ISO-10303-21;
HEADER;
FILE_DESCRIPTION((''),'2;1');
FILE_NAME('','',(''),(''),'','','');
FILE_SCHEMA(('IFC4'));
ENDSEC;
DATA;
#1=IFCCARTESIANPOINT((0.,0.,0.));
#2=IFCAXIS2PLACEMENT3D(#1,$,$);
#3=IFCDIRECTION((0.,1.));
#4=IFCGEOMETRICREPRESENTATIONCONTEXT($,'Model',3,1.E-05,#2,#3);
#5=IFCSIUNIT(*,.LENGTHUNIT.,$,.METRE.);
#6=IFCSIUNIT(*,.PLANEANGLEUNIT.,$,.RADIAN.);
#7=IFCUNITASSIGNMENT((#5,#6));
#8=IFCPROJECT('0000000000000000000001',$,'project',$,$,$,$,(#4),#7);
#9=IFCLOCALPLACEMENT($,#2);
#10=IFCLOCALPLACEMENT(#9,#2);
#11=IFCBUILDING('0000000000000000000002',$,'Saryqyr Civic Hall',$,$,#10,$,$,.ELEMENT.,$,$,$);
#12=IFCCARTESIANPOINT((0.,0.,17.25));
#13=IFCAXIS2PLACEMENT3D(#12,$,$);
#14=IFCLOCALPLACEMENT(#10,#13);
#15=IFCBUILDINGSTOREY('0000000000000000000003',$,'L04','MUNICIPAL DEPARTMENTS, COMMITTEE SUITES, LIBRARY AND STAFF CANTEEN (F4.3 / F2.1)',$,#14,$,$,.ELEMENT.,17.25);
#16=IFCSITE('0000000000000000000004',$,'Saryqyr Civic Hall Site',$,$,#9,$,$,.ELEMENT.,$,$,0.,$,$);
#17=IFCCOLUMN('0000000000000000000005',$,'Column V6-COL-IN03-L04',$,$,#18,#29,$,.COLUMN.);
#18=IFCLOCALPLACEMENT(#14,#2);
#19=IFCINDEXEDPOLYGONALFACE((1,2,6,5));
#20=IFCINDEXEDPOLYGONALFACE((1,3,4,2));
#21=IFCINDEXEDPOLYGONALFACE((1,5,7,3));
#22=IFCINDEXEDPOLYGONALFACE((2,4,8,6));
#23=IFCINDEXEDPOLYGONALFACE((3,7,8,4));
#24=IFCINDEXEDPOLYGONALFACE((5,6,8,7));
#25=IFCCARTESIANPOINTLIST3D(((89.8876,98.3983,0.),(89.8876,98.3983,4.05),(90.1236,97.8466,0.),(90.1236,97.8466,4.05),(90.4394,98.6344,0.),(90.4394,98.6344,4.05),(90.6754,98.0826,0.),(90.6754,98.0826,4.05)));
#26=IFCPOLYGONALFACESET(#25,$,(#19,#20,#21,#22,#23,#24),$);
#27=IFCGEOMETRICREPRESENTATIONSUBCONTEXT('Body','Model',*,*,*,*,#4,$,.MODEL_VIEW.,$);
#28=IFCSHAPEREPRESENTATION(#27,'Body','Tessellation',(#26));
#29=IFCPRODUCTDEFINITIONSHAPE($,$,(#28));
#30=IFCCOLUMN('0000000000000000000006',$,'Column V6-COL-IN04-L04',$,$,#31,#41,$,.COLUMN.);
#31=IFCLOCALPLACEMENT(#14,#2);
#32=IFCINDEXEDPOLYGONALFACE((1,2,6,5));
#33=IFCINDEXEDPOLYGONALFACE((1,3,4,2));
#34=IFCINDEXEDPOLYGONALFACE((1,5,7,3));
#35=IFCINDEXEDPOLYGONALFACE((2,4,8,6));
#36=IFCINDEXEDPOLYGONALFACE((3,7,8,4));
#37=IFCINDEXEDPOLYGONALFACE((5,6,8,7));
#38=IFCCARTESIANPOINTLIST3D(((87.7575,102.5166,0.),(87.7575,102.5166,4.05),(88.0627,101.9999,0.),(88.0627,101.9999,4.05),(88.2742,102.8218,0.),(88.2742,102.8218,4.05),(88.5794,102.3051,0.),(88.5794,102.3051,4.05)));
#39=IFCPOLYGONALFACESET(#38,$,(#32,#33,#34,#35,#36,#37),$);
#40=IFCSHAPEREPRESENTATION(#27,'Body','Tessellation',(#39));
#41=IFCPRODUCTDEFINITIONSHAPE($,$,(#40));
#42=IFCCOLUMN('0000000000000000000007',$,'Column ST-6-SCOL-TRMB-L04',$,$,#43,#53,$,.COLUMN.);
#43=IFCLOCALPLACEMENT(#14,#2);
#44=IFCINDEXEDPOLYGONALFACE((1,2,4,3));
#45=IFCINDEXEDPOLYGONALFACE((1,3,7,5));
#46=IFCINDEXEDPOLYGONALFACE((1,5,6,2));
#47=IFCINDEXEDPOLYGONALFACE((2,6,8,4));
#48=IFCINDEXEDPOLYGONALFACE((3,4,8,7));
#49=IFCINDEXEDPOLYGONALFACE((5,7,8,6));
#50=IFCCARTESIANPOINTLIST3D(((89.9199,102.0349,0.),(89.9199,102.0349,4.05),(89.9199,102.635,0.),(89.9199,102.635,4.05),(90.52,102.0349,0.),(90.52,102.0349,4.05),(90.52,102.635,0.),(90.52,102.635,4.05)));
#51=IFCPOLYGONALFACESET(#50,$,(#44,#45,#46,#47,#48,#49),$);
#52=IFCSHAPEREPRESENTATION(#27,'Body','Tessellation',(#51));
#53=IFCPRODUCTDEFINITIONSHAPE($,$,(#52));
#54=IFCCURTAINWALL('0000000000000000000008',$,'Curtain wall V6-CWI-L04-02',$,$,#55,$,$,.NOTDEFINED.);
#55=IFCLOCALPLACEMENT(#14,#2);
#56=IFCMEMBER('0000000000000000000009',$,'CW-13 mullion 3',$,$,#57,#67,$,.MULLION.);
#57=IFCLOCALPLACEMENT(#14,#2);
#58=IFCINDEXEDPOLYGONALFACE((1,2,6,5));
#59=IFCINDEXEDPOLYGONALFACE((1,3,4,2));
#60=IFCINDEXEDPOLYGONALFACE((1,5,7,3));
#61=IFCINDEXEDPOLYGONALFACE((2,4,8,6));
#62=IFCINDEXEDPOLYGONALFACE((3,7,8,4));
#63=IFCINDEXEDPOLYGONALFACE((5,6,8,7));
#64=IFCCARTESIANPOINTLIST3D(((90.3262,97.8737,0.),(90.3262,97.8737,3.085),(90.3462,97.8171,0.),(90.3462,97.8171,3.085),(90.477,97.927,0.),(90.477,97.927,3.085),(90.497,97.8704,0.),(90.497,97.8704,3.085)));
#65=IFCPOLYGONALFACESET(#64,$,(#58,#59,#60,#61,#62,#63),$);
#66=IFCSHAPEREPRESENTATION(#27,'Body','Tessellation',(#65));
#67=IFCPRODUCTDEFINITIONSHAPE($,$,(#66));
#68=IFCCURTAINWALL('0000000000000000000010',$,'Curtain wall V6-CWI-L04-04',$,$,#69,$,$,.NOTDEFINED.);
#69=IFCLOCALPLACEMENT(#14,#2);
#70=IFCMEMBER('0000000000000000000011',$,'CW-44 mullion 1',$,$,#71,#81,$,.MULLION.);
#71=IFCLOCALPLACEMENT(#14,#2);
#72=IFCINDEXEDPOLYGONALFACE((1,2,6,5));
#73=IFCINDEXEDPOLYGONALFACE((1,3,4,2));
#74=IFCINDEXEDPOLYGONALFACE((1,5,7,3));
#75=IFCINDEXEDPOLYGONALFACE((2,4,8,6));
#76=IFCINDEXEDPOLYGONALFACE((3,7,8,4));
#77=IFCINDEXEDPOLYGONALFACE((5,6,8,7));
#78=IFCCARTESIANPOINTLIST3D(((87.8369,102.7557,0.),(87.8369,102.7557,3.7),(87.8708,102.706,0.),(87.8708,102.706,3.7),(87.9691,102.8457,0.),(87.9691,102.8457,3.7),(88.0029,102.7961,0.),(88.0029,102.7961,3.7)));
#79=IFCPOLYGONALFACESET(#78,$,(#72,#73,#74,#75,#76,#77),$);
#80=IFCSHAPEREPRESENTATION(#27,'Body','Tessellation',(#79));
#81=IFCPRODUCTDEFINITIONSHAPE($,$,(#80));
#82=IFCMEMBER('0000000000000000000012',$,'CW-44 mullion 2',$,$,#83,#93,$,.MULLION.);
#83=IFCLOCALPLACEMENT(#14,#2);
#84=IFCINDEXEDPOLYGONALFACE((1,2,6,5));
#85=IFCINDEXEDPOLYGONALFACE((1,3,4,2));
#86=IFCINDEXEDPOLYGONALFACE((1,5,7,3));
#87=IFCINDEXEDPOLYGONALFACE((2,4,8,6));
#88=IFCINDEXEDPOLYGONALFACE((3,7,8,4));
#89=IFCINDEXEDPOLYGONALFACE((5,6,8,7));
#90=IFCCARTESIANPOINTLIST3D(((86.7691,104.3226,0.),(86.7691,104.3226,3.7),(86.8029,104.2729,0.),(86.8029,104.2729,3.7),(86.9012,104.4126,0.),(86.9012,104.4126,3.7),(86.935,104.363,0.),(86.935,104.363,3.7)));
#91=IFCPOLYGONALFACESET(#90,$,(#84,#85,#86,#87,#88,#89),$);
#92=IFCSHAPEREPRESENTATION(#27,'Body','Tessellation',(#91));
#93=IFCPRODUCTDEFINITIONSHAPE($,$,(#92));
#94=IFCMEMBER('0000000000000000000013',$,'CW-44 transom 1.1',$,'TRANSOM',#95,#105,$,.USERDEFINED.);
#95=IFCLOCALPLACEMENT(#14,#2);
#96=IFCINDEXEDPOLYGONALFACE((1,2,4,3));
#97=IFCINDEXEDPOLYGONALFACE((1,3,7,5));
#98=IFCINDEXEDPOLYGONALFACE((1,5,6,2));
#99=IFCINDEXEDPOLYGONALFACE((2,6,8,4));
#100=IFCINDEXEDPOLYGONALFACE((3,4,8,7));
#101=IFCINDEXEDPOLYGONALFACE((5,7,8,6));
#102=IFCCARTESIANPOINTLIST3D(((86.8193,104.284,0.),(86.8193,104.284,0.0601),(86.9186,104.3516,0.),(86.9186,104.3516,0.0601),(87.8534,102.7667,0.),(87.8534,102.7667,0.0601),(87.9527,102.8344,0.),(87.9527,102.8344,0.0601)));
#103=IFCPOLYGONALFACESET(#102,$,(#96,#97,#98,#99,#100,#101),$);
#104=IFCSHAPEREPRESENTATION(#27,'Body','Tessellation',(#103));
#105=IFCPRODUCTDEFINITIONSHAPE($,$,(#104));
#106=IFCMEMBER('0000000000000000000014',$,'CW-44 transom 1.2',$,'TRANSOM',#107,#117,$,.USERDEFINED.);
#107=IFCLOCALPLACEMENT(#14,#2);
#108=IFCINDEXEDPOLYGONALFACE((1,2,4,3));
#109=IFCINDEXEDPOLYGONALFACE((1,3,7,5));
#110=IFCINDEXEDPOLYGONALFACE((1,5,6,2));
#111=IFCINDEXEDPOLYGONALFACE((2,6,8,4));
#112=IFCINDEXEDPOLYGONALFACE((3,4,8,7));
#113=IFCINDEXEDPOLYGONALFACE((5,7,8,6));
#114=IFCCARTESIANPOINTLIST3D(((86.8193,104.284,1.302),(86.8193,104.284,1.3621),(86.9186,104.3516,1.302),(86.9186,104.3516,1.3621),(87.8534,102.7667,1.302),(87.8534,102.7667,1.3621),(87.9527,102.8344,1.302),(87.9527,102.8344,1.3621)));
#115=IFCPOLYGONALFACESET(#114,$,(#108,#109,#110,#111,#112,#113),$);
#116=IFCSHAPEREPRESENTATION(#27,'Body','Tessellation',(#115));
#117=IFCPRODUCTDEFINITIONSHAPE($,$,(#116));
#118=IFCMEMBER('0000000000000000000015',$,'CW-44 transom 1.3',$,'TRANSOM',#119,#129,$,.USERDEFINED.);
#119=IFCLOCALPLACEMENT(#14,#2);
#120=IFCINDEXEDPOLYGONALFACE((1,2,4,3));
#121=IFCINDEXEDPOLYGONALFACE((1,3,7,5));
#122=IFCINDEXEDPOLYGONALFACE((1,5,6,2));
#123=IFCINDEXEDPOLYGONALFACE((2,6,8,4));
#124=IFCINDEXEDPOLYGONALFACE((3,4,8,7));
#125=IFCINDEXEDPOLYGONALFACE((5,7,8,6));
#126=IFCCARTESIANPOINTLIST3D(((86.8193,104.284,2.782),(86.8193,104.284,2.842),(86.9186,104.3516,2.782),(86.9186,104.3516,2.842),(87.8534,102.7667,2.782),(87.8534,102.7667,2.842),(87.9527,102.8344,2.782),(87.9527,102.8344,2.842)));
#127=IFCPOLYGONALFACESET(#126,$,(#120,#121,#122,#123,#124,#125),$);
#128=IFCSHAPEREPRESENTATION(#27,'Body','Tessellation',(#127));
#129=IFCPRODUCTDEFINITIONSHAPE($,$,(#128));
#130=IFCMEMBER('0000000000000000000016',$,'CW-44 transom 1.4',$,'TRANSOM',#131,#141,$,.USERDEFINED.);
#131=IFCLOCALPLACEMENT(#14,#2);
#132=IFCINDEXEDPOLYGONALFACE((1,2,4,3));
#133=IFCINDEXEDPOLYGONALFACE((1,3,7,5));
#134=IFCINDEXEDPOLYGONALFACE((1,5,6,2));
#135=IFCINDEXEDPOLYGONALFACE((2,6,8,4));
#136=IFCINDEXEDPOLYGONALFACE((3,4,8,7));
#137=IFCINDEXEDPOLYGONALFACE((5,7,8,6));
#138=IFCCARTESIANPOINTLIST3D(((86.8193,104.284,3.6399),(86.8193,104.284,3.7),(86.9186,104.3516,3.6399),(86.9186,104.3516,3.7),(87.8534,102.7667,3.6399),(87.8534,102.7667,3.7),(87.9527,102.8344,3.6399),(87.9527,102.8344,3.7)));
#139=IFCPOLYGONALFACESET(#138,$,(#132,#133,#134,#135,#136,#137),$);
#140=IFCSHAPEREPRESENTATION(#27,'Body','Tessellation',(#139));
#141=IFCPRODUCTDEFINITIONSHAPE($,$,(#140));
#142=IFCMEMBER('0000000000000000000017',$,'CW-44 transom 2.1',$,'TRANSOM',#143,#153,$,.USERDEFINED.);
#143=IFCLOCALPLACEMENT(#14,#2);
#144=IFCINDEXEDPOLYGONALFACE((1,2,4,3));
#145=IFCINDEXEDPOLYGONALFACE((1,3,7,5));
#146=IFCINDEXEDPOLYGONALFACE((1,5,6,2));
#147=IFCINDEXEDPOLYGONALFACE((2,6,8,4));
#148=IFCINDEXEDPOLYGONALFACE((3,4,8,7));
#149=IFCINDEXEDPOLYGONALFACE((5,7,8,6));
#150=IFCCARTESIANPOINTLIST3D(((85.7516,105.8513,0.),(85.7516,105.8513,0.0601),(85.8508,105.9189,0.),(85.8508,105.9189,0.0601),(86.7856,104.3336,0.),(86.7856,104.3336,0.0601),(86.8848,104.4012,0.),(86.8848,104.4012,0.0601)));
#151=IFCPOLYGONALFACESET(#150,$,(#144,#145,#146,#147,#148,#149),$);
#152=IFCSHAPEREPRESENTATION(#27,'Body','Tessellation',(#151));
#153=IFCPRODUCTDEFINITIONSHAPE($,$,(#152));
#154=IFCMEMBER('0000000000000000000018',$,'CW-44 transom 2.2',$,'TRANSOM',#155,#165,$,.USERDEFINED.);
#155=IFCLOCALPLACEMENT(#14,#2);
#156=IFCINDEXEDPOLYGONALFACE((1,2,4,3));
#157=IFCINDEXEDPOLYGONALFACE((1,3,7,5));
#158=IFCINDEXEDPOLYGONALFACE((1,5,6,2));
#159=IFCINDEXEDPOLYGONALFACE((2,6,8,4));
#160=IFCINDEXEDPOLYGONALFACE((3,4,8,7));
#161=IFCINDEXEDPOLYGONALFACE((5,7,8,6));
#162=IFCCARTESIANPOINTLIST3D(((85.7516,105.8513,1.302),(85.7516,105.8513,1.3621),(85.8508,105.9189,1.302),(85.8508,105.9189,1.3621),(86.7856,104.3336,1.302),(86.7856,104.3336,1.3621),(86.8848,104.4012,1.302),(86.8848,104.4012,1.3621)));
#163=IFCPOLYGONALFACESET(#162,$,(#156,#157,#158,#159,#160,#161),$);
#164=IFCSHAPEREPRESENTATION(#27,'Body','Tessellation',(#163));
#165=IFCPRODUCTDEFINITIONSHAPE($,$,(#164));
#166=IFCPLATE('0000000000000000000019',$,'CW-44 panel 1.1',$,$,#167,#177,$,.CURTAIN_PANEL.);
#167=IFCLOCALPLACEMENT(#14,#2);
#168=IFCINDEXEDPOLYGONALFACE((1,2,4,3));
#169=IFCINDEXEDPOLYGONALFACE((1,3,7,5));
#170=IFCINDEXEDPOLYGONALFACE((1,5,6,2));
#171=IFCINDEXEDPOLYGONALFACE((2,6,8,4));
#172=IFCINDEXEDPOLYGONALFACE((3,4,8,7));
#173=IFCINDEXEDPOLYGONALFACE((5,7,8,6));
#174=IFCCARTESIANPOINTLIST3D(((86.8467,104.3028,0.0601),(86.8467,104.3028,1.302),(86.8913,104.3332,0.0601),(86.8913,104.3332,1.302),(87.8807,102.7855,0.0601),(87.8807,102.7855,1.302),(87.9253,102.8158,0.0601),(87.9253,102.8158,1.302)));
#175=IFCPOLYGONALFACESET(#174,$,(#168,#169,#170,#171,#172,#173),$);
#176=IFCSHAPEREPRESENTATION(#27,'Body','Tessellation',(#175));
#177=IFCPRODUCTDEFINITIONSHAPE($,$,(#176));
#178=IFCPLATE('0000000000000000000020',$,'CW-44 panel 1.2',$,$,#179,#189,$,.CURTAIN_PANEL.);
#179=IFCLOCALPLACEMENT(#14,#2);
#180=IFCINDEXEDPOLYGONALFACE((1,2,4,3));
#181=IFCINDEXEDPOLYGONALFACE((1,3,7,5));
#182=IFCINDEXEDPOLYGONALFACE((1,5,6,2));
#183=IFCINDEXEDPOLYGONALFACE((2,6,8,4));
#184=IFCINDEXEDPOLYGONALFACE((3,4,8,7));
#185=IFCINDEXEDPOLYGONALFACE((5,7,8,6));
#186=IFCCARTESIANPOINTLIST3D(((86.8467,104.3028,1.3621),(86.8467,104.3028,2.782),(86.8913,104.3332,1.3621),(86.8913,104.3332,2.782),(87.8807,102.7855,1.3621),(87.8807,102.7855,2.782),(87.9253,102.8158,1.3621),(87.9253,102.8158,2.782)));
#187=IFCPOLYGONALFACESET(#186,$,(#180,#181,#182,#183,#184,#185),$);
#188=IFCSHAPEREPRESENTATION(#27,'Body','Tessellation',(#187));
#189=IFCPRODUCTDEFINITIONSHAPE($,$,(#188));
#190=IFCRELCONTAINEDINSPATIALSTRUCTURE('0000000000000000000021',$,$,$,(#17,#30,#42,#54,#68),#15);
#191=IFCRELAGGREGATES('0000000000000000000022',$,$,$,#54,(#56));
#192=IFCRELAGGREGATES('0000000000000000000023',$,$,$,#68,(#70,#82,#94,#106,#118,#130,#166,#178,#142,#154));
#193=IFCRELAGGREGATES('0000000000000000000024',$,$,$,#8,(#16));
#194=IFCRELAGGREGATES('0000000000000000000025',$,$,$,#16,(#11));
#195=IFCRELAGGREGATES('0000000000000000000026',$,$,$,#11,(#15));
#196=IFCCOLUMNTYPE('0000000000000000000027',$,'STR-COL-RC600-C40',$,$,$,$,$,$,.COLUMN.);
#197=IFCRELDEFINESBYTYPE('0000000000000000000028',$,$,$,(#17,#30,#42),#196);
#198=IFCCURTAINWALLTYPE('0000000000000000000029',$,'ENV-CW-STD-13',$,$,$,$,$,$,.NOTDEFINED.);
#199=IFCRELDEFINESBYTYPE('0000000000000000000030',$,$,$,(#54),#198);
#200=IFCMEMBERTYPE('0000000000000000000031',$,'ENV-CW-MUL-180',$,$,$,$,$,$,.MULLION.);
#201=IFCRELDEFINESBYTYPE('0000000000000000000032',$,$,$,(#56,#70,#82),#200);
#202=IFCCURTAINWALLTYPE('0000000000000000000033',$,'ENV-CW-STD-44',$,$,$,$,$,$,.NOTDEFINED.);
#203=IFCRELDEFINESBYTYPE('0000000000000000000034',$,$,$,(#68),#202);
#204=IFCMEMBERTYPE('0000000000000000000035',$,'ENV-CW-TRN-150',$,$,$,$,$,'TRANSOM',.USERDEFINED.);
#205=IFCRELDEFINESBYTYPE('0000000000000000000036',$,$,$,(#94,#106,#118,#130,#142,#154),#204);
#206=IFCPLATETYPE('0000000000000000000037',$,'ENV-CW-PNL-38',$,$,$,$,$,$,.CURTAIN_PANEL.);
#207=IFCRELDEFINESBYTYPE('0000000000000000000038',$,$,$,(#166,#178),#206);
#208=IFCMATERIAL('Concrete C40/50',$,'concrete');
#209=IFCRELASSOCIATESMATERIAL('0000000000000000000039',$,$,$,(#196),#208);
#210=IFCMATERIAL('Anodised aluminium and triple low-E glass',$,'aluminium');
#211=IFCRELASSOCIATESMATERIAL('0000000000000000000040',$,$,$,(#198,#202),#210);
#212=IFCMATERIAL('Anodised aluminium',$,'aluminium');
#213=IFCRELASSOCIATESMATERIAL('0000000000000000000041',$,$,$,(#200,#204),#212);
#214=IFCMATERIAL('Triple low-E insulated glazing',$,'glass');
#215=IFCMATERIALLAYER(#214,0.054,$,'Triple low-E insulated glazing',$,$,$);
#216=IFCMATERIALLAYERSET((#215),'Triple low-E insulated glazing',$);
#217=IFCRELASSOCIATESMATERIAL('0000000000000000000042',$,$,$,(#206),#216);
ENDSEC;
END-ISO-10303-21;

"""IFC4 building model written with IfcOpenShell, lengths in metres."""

from ifc_helpers import new_model, si_unit, direction, frame, origin, origin_2d, place, context, subcontext, project, spatial, rectangle, extrude, material, layer, layer_set, material_profile, profile_set, type_object, element, aggregate, save


model = new_model("IFC4")

# Units and contexts
model_context = context("Model", 3, precision=1e-05, world=origin(), true_north=direction((0.0, 1.0)))
body_context = subcontext(model_context, "Body", "Model", "MODEL_VIEW")
ifc_project = project(units=[si_unit("LENGTHUNIT", "METRE"), si_unit("PLANEANGLEUNIT", "RADIAN")], contexts=[model_context])

# Site, building, storey
site_placement = place(None, origin())
site = spatial("IfcSite", under=ifc_project, at=site_placement, Name="Saryqyr Civic Hall Site", CompositionType="ELEMENT", RefElevation=0.0)
building_placement = place(site_placement, origin())
building = spatial("IfcBuilding", under=site, at=building_placement, Name="Saryqyr Civic Hall", CompositionType="ELEMENT")
storey_placement = place(building_placement, frame((0.0, 0.0, 17.25)))
storey = spatial("IfcBuildingStorey", under=building, at=storey_placement, Name="L04", Description="MUNICIPAL DEPARTMENTS, COMMITTEE SUITES, LIBRARY AND STAFF CANTEEN (F4.3 / F2.1)", CompositionType="ELEMENT", Elevation=17.25)

# Columns
ifc_material_1 = material(Name="Concrete C40/50", Category="concrete")
ifc_material_profile_1 = material_profile(ifc_material_1, rectangle(XDim=0.6001, YDim=0.6001, at=origin_2d()), Name="RC 600x600")
ifc_profile_set_1 = profile_set([ifc_material_profile_1], Name="Concrete C40/50")
column_type = type_object("IfcColumnType", Name="STR-COL-RC600-C40", PredefinedType="COLUMN", material=ifc_profile_set_1)
for number, where, z_axis, x_axis, name in (
    (1, (90.2815, 98.2405, 0.0), (0.0, 0.0, 1.0), (0.91941, 0.3933, 0.0), "Column V6-COL-IN03-L04"),
    (2, (88.1685, 102.4109, 0.0), (0.0, 0.0, 1.0), (0.861008, 0.508591, 0.0), "Column V6-COL-IN04-L04"),
    (3, (90.22, 102.335, 0.0), (0.0, 0.0, 1.0), (1.0, 0.0, 0.0), "Column ST-6-SCOL-TRMB-L04"),
):
    element("IfcColumn", number, at=place(storey_placement, frame(where, z_axis=z_axis, x_axis=x_axis)), inside=storey, type_object=column_type, Name=name, PredefinedType="COLUMN", context=body_context, shape_type="SweptSolid", body=[
        extrude(rectangle(XDim=0.6001, YDim=0.6001, at=origin_2d()), origin(), (0.0, 0.0, 1.0), 4.05),
    ])

# Curtain wall, member
ifc_material_2 = material(Name="Anodised aluminium and triple low-E glass", Category="aluminium")
curtain_wall_type_1 = type_object("IfcCurtainWallType", Name="ENV-CW-STD-13", PredefinedType="NOTDEFINED", material=ifc_material_2)
curtain_wall_1_placement = place(storey_placement, origin())
curtain_wall_1 = element("IfcCurtainWall", 4, at=curtain_wall_1_placement, inside=storey, type_object=curtain_wall_type_1, Name="Curtain wall V6-CWI-L04-02", PredefinedType="NOTDEFINED")
ifc_material_3 = material(Name="Anodised aluminium", Category="aluminium")
ifc_material_profile_2 = material_profile(ifc_material_3, rectangle(XDim=0.0601, YDim=0.1599, at=origin_2d()), Name="ALU MULLION 60x160")
ifc_profile_set_2 = profile_set([ifc_material_profile_2], Name="Anodised aluminium")
member_type_1 = type_object("IfcMemberType", Name="ENV-CW-MUL-180", PredefinedType="MULLION", material=ifc_profile_set_2)
member_1_placement = place(storey_placement, frame((90.4116, 97.8721, 0.0), z_axis=(0.0, 0.0, 1.0), x_axis=(-0.333172, 0.942866, 0.0)))
member_1 = element("IfcMember", 5, at=member_1_placement, type_object=member_type_1, Name="CW-13 mullion 3", PredefinedType="MULLION", context=body_context, shape_type="SweptSolid", body=[
    extrude(rectangle(XDim=0.0601, YDim=0.1599, at=origin_2d()), origin(), (0.0, 0.0, 1.0), 3.085),
])
aggregate(curtain_wall_1, [member_1])

# Curtain wall, members, plates
curtain_wall_type_2 = type_object("IfcCurtainWallType", Name="ENV-CW-STD-44", PredefinedType="NOTDEFINED", material=ifc_material_2)
curtain_wall_2_placement = place(storey_placement, origin())
curtain_wall_2 = element("IfcCurtainWall", 6, at=curtain_wall_2_placement, inside=storey, type_object=curtain_wall_type_2, Name="Curtain wall V6-CWI-L04-04", PredefinedType="NOTDEFINED")
member_2_placement = place(storey_placement, frame((87.9199, 102.7759, 0.0), z_axis=(0.0, 0.0, 1.0), x_axis=(-0.56313, 0.826368, 0.0)))
member_2 = element("IfcMember", 7, at=member_2_placement, type_object=member_type_1, Name="CW-44 mullion 1", PredefinedType="MULLION", context=body_context, shape_type="SweptSolid", body=[
    extrude(rectangle(XDim=0.0601, YDim=0.1599, at=origin_2d()), origin(), (0.0, 0.0, 1.0), 3.7),
])
member_3_placement = place(storey_placement, frame((86.8521, 104.3428, 0.0), z_axis=(0.0, 0.0, 1.0), x_axis=(-0.56313, 0.826368, 0.0)))
member_3 = element("IfcMember", 8, at=member_3_placement, type_object=member_type_1, Name="CW-44 mullion 2", PredefinedType="MULLION", context=body_context, shape_type="SweptSolid", body=[
    extrude(rectangle(XDim=0.0601, YDim=0.1599, at=origin_2d()), origin(), (0.0, 0.0, 1.0), 3.7),
])
ifc_material_profile_3 = material_profile(ifc_material_3, rectangle(XDim=0.1201, YDim=0.0601, at=origin_2d()), Name="ALU TRANSOM 120x60")
ifc_profile_set_3 = profile_set([ifc_material_profile_3], Name="Anodised aluminium")
member_type_2 = type_object("IfcMemberType", Name="ENV-CW-TRN-150", ElementType="TRANSOM", PredefinedType="USERDEFINED", material=ifc_profile_set_3)
member_4_placement = place(storey_placement, frame((87.9031, 102.8005, 0.03), z_axis=(-0.563201, 0.82632, 0.0), x_axis=(-0.82632, -0.563201, 0.0)))
member_4 = element("IfcMember", 9, at=member_4_placement, type_object=member_type_2, Name="CW-44 transom 1.1", ObjectType="TRANSOM", PredefinedType="USERDEFINED", context=body_context, shape_type="SweptSolid", body=[
    extrude(rectangle(XDim=0.1201, YDim=0.0601, at=origin_2d()), origin(), (0.0, 0.0, 1.0), 1.8362),
])
member_5_placement = place(storey_placement, frame((87.9031, 102.8005, 1.332), z_axis=(-0.563201, 0.82632, 0.0), x_axis=(-0.82632, -0.563201, 0.0)))
member_5 = element("IfcMember", 10, at=member_5_placement, type_object=member_type_2, Name="CW-44 transom 1.2", ObjectType="TRANSOM", PredefinedType="USERDEFINED", context=body_context, shape_type="SweptSolid", body=[
    extrude(rectangle(XDim=0.1201, YDim=0.0601, at=origin_2d()), origin(), (0.0, 0.0, 1.0), 1.8362),
])
member_6_placement = place(storey_placement, frame((87.9031, 102.8005, 2.812), z_axis=(-0.563201, 0.82632, 0.0), x_axis=(-0.82632, -0.563201, 0.0)))
member_6 = element("IfcMember", 11, at=member_6_placement, type_object=member_type_2, Name="CW-44 transom 1.3", ObjectType="TRANSOM", PredefinedType="USERDEFINED", context=body_context, shape_type="SweptSolid", body=[
    extrude(rectangle(XDim=0.1201, YDim=0.0601, at=origin_2d()), origin(), (0.0, 0.0, 1.0), 1.8362),
])
member_7_placement = place(storey_placement, frame((87.9031, 102.8005, 3.6699), z_axis=(-0.563201, 0.82632, 0.0), x_axis=(-0.82632, -0.563201, 0.0)))
member_7 = element("IfcMember", 12, at=member_7_placement, type_object=member_type_2, Name="CW-44 transom 1.4", ObjectType="TRANSOM", PredefinedType="USERDEFINED", context=body_context, shape_type="SweptSolid", body=[
    extrude(rectangle(XDim=0.1201, YDim=0.0601, at=origin_2d()), origin(), (0.0, 0.0, 1.0), 1.8362),
])
member_8_placement = place(storey_placement, frame((86.8352, 104.3674, 0.03), z_axis=(-0.563048, 0.826424, 0.0), x_axis=(-0.826424, -0.563048, 0.0)))
member_8 = element("IfcMember", 13, at=member_8_placement, type_object=member_type_2, Name="CW-44 transom 2.1", ObjectType="TRANSOM", PredefinedType="USERDEFINED", context=body_context, shape_type="SweptSolid", body=[
    extrude(rectangle(XDim=0.1201, YDim=0.0601, at=origin_2d()), origin(), (0.0, 0.0, 1.0), 1.8364),
])
member_9_placement = place(storey_placement, frame((86.8352, 104.3674, 1.332), z_axis=(-0.563048, 0.826424, 0.0), x_axis=(-0.826424, -0.563048, 0.0)))
member_9 = element("IfcMember", 14, at=member_9_placement, type_object=member_type_2, Name="CW-44 transom 2.2", ObjectType="TRANSOM", PredefinedType="USERDEFINED", context=body_context, shape_type="SweptSolid", body=[
    extrude(rectangle(XDim=0.1201, YDim=0.0601, at=origin_2d()), origin(), (0.0, 0.0, 1.0), 1.8364),
])
ifc_material_4 = material(Name="Triple low-E insulated glazing", Category="glass")
ifc_layer_1 = layer(ifc_material_4, 0.054, Name="Triple low-E insulated glazing")
ifc_layer_set_1 = layer_set([ifc_layer_1], Name="Triple low-E insulated glazing")
plate_type = type_object("IfcPlateType", Name="ENV-CW-PNL-38", PredefinedType="CURTAIN_PANEL", material=ifc_layer_set_1)
plate_1_placement = place(storey_placement, frame((87.386, 103.5593, 0.0601), z_axis=(0.0, 0.0, 1.0), x_axis=(-0.56313, 0.826368, 0.0)))
plate_1 = element("IfcPlate", 15, at=plate_1_placement, type_object=plate_type, Name="CW-44 panel 1.1", PredefinedType="CURTAIN_PANEL", context=body_context, shape_type="SweptSolid", body=[
    extrude(rectangle(XDim=1.8362, YDim=0.054, at=origin_2d()), origin(), (0.0, 0.0, 1.0), 1.2419),
])
plate_2_placement = place(storey_placement, frame((87.386, 103.5593, 1.3621), z_axis=(0.0, 0.0, 1.0), x_axis=(-0.56313, 0.826368, 0.0)))
plate_2 = element("IfcPlate", 16, at=plate_2_placement, type_object=plate_type, Name="CW-44 panel 1.2", PredefinedType="CURTAIN_PANEL", context=body_context, shape_type="SweptSolid", body=[
    extrude(rectangle(XDim=1.8362, YDim=0.054, at=origin_2d()), origin(), (0.0, 0.0, 1.0), 1.4199),
])
aggregate(curtain_wall_2, [member_2, member_3, member_4, member_5, member_6, member_7, plate_1, plate_2, member_8, member_9])

save(model, "model.ifc")
